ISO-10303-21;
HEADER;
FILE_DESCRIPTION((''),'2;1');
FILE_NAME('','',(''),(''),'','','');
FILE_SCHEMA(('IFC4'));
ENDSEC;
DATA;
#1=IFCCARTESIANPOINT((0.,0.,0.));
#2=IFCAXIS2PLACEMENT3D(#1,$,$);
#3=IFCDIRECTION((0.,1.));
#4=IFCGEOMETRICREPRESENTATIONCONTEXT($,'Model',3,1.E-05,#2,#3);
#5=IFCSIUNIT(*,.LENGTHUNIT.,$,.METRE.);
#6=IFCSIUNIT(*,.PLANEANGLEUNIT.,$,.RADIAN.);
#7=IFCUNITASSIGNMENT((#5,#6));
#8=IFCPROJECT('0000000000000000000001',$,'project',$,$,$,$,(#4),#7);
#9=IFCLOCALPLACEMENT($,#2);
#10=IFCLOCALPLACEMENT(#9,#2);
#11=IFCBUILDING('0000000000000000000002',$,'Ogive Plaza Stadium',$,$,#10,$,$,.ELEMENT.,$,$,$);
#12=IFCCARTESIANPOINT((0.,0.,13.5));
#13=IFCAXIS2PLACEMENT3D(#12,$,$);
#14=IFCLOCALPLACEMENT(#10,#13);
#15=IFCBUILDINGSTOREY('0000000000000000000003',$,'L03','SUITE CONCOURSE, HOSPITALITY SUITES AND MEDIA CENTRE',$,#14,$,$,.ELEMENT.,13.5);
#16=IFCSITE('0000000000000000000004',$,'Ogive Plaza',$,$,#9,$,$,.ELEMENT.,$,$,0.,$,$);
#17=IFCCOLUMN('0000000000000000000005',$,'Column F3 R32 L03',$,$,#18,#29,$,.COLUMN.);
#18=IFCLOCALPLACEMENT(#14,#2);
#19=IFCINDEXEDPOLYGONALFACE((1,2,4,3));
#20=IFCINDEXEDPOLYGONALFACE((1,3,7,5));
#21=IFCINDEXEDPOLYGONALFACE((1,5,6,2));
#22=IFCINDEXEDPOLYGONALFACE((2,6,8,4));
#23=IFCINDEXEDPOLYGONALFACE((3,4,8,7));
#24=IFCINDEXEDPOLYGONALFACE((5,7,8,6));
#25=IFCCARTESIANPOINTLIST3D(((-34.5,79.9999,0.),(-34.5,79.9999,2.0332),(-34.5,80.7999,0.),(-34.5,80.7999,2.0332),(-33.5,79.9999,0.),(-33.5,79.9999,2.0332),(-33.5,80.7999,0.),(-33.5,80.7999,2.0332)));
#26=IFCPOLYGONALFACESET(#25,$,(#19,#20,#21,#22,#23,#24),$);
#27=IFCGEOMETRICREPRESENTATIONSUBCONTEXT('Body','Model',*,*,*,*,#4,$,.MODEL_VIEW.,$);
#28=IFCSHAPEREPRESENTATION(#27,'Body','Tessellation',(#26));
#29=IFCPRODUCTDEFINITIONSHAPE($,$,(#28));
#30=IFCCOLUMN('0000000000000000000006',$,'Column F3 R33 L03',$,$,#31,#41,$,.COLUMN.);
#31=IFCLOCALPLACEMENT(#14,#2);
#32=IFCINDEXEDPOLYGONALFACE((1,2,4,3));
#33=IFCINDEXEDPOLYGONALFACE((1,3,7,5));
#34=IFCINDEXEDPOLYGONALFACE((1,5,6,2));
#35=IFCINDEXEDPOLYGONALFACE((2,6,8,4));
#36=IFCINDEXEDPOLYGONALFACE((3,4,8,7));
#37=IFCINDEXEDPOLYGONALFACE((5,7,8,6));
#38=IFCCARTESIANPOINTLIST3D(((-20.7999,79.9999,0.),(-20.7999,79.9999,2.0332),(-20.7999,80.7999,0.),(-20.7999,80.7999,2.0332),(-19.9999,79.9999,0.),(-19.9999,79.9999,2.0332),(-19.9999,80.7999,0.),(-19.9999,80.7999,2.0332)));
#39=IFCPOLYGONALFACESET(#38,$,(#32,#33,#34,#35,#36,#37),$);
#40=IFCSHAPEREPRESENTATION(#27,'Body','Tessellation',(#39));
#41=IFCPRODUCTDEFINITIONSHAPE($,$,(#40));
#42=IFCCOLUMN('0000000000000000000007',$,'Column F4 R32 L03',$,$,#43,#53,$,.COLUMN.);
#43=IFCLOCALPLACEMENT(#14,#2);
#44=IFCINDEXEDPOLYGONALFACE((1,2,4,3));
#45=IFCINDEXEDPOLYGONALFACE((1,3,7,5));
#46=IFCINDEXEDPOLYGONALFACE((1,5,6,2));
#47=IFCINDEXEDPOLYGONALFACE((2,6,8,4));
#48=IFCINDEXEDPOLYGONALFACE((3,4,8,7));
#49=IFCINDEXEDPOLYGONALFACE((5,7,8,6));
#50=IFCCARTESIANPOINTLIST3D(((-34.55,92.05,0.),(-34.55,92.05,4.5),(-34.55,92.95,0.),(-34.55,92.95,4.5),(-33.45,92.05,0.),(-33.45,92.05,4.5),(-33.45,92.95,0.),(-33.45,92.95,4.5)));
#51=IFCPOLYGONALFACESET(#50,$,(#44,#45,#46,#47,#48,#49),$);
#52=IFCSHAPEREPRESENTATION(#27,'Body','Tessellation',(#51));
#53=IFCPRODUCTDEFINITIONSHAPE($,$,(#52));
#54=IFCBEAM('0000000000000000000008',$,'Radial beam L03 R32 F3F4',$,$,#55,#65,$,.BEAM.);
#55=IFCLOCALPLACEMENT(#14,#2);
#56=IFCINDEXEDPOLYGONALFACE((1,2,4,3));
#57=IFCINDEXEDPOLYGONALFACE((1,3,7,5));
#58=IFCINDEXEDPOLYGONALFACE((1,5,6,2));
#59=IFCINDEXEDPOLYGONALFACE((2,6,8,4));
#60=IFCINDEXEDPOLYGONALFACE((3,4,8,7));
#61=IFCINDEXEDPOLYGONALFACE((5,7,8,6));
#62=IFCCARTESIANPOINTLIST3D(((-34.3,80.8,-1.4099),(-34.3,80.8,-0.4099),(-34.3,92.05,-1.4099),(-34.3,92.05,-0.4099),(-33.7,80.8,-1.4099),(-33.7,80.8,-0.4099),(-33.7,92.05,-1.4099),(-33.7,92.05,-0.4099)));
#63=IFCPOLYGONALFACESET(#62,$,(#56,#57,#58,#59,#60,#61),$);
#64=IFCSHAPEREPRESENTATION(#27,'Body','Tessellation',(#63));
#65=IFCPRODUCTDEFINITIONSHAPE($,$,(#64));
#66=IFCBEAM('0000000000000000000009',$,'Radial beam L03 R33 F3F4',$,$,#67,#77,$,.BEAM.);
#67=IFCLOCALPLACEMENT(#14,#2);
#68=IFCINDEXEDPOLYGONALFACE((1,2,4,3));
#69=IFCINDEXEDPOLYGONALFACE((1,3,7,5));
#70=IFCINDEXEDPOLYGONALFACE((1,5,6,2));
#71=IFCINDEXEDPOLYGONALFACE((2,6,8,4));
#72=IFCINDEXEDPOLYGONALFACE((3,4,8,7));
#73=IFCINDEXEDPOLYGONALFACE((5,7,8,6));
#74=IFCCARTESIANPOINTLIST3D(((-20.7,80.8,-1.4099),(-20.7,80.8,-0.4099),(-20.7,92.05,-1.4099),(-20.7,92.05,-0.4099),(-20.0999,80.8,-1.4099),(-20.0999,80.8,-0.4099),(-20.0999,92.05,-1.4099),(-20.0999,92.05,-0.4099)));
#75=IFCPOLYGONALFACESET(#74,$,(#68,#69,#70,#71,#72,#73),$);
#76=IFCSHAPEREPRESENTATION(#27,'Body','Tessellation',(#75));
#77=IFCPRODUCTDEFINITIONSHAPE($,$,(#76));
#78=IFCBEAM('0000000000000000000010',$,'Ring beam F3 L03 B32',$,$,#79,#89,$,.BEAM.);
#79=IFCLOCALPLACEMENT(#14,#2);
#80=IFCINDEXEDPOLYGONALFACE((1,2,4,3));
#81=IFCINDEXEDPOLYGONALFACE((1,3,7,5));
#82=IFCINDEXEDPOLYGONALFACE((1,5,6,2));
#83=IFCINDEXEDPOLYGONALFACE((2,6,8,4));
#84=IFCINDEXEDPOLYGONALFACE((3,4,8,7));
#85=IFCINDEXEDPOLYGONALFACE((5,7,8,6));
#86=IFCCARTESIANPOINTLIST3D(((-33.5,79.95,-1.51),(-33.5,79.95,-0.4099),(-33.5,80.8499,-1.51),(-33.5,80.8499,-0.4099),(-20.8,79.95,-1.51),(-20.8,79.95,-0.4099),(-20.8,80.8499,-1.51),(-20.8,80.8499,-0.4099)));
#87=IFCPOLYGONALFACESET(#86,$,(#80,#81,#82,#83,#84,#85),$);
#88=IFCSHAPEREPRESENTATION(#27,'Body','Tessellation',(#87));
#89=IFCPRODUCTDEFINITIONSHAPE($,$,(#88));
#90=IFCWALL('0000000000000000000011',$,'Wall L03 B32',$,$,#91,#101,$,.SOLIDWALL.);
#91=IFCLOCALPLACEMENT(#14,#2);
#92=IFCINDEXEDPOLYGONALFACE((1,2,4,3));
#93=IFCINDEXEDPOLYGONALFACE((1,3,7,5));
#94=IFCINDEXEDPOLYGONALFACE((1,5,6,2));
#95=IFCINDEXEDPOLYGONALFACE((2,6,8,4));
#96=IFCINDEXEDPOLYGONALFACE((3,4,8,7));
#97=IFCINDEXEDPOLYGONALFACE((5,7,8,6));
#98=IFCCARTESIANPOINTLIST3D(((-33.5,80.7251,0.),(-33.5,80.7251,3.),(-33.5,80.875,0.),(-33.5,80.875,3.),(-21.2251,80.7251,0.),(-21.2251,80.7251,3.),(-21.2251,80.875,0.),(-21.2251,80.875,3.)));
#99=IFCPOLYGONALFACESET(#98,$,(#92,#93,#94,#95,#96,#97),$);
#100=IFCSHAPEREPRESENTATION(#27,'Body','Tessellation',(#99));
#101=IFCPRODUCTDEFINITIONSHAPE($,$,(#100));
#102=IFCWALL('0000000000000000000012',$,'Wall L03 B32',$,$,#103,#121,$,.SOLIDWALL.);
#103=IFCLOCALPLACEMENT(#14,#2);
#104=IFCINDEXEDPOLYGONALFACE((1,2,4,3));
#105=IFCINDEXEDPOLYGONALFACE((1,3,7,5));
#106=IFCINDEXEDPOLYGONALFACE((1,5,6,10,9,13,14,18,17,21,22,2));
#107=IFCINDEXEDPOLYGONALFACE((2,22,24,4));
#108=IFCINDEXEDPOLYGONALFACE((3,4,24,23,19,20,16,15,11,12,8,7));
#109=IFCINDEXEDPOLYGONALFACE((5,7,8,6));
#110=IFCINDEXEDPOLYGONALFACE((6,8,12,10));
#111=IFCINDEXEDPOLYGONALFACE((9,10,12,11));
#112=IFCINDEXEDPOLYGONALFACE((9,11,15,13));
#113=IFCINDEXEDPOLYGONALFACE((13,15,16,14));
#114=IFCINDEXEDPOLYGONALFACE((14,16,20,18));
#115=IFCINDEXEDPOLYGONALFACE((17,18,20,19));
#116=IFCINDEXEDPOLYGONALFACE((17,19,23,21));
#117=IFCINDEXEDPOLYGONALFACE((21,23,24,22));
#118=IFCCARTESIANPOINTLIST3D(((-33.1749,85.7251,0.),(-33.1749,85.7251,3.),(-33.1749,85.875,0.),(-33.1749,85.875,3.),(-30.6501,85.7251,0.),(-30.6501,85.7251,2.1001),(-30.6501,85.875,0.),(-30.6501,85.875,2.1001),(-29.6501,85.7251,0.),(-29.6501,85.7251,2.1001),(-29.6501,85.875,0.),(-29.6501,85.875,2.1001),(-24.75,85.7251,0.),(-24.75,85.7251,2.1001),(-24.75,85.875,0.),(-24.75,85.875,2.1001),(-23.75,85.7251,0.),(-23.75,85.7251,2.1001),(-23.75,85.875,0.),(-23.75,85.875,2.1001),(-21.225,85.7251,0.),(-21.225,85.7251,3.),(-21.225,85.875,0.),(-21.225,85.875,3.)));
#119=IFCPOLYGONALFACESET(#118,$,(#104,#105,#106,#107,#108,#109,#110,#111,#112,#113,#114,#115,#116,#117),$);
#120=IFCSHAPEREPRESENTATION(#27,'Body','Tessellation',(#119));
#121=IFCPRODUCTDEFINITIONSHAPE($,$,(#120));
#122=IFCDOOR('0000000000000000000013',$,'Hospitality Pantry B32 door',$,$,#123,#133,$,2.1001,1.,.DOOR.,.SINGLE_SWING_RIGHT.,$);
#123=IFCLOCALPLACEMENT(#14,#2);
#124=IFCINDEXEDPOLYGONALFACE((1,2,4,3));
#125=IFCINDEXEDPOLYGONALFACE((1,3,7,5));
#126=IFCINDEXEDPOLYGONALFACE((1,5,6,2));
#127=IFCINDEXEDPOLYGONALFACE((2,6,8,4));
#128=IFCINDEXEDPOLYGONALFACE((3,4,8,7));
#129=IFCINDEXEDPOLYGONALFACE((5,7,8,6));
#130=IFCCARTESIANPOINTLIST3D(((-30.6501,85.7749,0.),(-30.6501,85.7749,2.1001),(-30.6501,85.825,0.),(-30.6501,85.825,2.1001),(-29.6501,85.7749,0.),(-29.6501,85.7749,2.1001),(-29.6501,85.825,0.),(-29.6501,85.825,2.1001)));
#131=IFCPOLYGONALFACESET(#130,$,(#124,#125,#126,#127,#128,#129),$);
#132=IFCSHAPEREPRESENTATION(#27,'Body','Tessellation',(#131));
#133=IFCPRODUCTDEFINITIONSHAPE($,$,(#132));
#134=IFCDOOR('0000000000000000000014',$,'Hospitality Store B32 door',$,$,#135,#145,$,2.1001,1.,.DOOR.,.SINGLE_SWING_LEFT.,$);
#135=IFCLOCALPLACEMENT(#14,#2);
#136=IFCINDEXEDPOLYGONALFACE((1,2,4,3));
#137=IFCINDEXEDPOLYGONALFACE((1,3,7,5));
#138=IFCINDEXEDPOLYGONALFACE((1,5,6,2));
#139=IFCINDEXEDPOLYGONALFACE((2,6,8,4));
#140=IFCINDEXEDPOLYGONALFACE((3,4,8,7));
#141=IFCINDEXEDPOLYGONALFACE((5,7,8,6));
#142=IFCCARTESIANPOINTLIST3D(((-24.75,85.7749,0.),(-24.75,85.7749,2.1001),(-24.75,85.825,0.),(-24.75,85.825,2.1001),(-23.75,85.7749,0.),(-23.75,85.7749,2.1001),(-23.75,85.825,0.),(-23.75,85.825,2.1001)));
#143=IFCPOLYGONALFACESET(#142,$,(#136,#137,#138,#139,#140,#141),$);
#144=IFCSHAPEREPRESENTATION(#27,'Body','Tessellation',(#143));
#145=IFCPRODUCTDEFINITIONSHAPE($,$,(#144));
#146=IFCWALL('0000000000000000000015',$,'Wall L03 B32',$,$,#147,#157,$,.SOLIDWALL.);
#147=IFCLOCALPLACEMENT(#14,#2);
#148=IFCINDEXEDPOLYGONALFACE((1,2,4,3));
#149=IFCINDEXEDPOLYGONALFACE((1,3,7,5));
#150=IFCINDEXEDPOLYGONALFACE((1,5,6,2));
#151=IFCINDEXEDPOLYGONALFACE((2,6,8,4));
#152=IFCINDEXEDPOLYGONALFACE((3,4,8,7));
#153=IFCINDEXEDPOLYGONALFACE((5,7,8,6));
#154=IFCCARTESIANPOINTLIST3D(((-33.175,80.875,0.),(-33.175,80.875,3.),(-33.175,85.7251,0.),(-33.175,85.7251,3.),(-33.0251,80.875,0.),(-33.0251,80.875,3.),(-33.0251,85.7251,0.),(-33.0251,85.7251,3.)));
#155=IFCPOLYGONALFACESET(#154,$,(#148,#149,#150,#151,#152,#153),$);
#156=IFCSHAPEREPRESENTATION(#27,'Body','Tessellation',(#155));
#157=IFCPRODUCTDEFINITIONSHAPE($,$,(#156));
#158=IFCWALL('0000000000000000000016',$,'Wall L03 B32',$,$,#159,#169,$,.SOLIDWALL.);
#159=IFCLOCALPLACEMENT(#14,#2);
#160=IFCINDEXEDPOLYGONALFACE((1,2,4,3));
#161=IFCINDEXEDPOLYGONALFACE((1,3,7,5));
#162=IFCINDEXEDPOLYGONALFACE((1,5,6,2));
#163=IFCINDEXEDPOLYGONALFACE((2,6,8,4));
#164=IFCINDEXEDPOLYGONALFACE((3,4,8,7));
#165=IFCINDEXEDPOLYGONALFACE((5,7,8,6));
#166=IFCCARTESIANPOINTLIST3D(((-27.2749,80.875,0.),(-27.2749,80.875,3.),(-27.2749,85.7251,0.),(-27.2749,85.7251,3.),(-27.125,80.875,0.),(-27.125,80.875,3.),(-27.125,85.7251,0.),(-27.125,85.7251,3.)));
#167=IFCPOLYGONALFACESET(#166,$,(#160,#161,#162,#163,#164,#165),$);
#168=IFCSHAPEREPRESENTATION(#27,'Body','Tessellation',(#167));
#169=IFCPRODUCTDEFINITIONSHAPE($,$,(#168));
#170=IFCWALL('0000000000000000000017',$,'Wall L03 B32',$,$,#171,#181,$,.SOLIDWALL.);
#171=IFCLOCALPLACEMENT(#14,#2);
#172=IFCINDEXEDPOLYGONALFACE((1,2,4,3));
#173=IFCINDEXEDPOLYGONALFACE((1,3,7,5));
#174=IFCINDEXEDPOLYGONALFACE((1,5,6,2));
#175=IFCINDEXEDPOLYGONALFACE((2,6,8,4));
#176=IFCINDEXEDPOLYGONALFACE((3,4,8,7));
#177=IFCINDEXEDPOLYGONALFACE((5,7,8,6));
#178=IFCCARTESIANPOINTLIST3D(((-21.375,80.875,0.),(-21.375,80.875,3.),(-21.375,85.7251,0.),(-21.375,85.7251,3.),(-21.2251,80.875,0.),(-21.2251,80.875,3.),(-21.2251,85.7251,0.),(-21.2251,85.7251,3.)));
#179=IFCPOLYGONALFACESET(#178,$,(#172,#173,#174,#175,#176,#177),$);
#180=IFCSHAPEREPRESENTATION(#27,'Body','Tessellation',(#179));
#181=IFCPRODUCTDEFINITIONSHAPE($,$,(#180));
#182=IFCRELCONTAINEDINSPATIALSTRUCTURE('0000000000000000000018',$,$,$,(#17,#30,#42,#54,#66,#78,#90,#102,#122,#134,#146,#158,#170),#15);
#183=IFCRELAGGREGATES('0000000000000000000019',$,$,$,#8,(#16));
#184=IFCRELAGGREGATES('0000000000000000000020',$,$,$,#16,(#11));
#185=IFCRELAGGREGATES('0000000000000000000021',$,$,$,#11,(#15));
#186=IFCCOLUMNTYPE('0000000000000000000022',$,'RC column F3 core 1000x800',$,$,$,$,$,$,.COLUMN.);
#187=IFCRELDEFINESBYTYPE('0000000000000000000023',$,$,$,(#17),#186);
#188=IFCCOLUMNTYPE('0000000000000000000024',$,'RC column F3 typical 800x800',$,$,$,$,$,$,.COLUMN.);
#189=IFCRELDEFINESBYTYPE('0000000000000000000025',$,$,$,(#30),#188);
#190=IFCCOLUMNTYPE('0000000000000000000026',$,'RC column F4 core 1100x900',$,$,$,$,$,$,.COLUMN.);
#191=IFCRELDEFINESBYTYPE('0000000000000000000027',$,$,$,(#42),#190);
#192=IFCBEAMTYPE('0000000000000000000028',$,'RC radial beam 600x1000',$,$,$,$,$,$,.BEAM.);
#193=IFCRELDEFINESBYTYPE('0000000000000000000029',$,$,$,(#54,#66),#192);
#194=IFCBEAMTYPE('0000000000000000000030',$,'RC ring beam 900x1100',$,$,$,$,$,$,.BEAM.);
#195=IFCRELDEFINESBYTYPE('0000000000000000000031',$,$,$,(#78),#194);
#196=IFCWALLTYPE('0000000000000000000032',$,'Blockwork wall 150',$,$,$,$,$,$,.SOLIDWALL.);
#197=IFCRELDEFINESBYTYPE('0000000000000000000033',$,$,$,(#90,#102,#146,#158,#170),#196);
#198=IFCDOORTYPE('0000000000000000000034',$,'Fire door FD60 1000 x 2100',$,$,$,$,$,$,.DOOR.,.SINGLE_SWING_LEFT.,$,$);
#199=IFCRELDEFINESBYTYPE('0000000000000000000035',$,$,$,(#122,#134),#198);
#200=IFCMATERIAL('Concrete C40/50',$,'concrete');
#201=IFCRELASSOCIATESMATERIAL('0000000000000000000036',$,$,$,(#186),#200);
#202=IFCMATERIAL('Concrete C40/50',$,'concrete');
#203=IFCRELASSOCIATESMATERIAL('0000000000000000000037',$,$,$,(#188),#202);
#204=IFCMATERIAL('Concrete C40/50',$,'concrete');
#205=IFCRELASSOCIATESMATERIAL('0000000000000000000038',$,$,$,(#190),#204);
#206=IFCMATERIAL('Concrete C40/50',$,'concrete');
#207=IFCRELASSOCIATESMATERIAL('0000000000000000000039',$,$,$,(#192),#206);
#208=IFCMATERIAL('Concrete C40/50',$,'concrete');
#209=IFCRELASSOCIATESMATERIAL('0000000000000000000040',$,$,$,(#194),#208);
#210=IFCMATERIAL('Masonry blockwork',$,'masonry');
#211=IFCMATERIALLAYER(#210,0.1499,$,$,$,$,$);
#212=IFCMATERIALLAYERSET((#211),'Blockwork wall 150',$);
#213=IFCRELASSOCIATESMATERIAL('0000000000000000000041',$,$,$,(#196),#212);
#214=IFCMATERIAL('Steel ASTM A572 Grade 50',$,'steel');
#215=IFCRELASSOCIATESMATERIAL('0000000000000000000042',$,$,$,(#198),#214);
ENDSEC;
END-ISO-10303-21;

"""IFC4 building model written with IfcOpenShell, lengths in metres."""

from ifc_helpers import new_model, si_unit, direction, frame, frame_2d, origin, origin_2d, place, context, subcontext, project, spatial, rectangle, extrude, material, layer, layer_set, material_profile, profile_set, type_object, element, fill, save


model = new_model("IFC4")

# Units and contexts
model_context = context("Model", 3, precision=1e-05, world=origin(), true_north=direction((0.0, 1.0)))
body_context = subcontext(model_context, "Body", "Model", "MODEL_VIEW")
ifc_project = project(units=[si_unit("LENGTHUNIT", "METRE"), si_unit("PLANEANGLEUNIT", "RADIAN")], contexts=[model_context])

# Site, building, storey
site_placement = place(None, origin())
site = spatial("IfcSite", under=ifc_project, at=site_placement, Name="Ogive Plaza", CompositionType="ELEMENT", RefElevation=0.0)
building_placement = place(site_placement, origin())
building = spatial("IfcBuilding", under=site, at=building_placement, Name="Ogive Plaza Stadium", CompositionType="ELEMENT")
storey_placement = place(building_placement, frame((0.0, 0.0, 13.5)))
storey = spatial("IfcBuildingStorey", under=building, at=storey_placement, Name="L03", Description="SUITE CONCOURSE, HOSPITALITY SUITES AND MEDIA CENTRE", CompositionType="ELEMENT", Elevation=13.5)

# Columns
ifc_material_1 = material(Name="Concrete C40/50", Category="concrete")
ifc_material_profile_1 = material_profile(ifc_material_1, rectangle(XDim=1.0, YDim=0.8, at=origin_2d()), Name="RC 1000x800")
ifc_profile_set_1 = profile_set([ifc_material_profile_1], Name="Concrete C40/50")
column_type_1 = type_object("IfcColumnType", Name="RC column F3 core 1000x800", PredefinedType="COLUMN", material=ifc_profile_set_1)
column_1_placement = place(storey_placement, frame((-34.0, 80.3999, 0.0), z_axis=(0.0, 0.0, 1.0), x_axis=(-1.0, 0.0, 0.0)))
element("IfcColumn", 1, at=column_1_placement, inside=storey, type_object=column_type_1, Name="Column F3 R32 L03", PredefinedType="COLUMN", context=body_context, shape_type="SweptSolid", body=[
    extrude(rectangle(XDim=1.0, YDim=0.8, at=origin_2d()), origin(), (0.0, 0.0, 1.0), 2.0332),
])
ifc_material_2 = material(Name="Concrete C40/50", Category="concrete")
ifc_material_profile_2 = material_profile(ifc_material_2, rectangle(XDim=0.8, YDim=0.8, at=origin_2d()), Name="RC 800x800")
ifc_profile_set_2 = profile_set([ifc_material_profile_2], Name="Concrete C40/50")
column_type_2 = type_object("IfcColumnType", Name="RC column F3 typical 800x800", PredefinedType="COLUMN", material=ifc_profile_set_2)
column_2_placement = place(storey_placement, frame((-20.3999, 80.3999, 0.0), z_axis=(0.0, 0.0, 1.0), x_axis=(-1.0, 0.0, 0.0)))
element("IfcColumn", 2, at=column_2_placement, inside=storey, type_object=column_type_2, Name="Column F3 R33 L03", PredefinedType="COLUMN", context=body_context, shape_type="SweptSolid", body=[
    extrude(rectangle(XDim=0.8, YDim=0.8, at=origin_2d()), origin(), (0.0, 0.0, 1.0), 2.0332),
])
ifc_material_3 = material(Name="Concrete C40/50", Category="concrete")
ifc_material_profile_3 = material_profile(ifc_material_3, rectangle(XDim=1.1001, YDim=0.8999, at=origin_2d()), Name="RC 1100x900")
ifc_profile_set_3 = profile_set([ifc_material_profile_3], Name="Concrete C40/50")
column_type_3 = type_object("IfcColumnType", Name="RC column F4 core 1100x900", PredefinedType="COLUMN", material=ifc_profile_set_3)
column_3_placement = place(storey_placement, frame((-34.0, 92.5, 0.0), z_axis=(0.0, 0.0, 1.0), x_axis=(-1.0, 0.0, 0.0)))
element("IfcColumn", 3, at=column_3_placement, inside=storey, type_object=column_type_3, Name="Column F4 R32 L03", PredefinedType="COLUMN", context=body_context, shape_type="SweptSolid", body=[
    extrude(rectangle(XDim=1.1001, YDim=0.8999, at=origin_2d()), origin(), (0.0, 0.0, 1.0), 4.5),
])

# Beams
ifc_material_4 = material(Name="Concrete C40/50", Category="concrete")
ifc_material_profile_4 = material_profile(ifc_material_4, rectangle(XDim=0.6001, YDim=1.0, at=origin_2d()), Name="RC 600x1000")
ifc_profile_set_4 = profile_set([ifc_material_profile_4], Name="Concrete C40/50")
beam_type_1 = type_object("IfcBeamType", Name="RC radial beam 600x1000", PredefinedType="BEAM", material=ifc_profile_set_4)
for number, where, z_axis, x_axis, name in (
    (4, (-34.0, 80.8, -0.9099), (0.0, 1.0, 0.0), (-1.0, 0.0, 0.0), "Radial beam L03 R32 F3F4"),
    (5, (-20.3999, 80.8, -0.9099), (0.0, 1.0, 0.0), (-1.0, 0.0, 0.0), "Radial beam L03 R33 F3F4"),
):
    element("IfcBeam", number, at=place(storey_placement, frame(where, z_axis=z_axis, x_axis=x_axis)), inside=storey, type_object=beam_type_1, Name=name, PredefinedType="BEAM", context=body_context, shape_type="SweptSolid", body=[
        extrude(rectangle(XDim=0.6001, YDim=1.0, at=origin_2d()), origin(), (0.0, 0.0, 1.0), 11.25),
    ])
ifc_material_5 = material(Name="Concrete C40/50", Category="concrete")
ifc_material_profile_5 = material_profile(ifc_material_5, rectangle(XDim=0.8999, YDim=1.1001, at=origin_2d()), Name="RC 900x1100")
ifc_profile_set_5 = profile_set([ifc_material_profile_5], Name="Concrete C40/50")
beam_type_2 = type_object("IfcBeamType", Name="RC ring beam 900x1100", PredefinedType="BEAM", material=ifc_profile_set_5)
beam_placement = place(storey_placement, frame((-33.5, 80.3999, -0.96), z_axis=(1.0, 0.0, 0.0), x_axis=(0.0, 1.0, 0.0)))
element("IfcBeam", 6, at=beam_placement, inside=storey, type_object=beam_type_2, Name="Ring beam F3 L03 B32", PredefinedType="BEAM", context=body_context, shape_type="SweptSolid", body=[
    extrude(rectangle(XDim=0.8999, YDim=1.1001, at=origin_2d()), origin(), (0.0, 0.0, 1.0), 12.7),
])

# Wall
ifc_material_6 = material(Name="Masonry blockwork", Category="masonry")
ifc_layer_1 = layer(ifc_material_6, 0.1499)
ifc_layer_set_1 = layer_set([ifc_layer_1], Name="Blockwork wall 150")
wall_type_1 = type_object("IfcWallType", Name="Blockwork wall 150", PredefinedType="SOLIDWALL", material=ifc_layer_set_1)
wall_1_placement = place(storey_placement, frame((-33.5, 80.8, 0.0), z_axis=(0.0, 0.0, 1.0), x_axis=(1.0, 0.0, 0.0)))
element("IfcWall", 7, at=wall_1_placement, inside=storey, type_object=wall_type_1, Name="Wall L03 B32", PredefinedType="SOLIDWALL", context=body_context, shape_type="SweptSolid", body=[
    extrude(rectangle(XDim=12.2749, YDim=0.1499, at=frame_2d((6.1375, 0.0))), origin(), (0.0, 0.0, 1.0), 3.0),
])

# Wall, openings, doors
wall_2_placement = place(storey_placement, frame((-33.175, 85.8, 0.0), z_axis=(0.0, 0.0, 1.0), x_axis=(1.0, 0.0, 0.0)))
wall_2 = element("IfcWall", 8, at=wall_2_placement, inside=storey, type_object=wall_type_1, Name="Wall L03 B32", PredefinedType="SOLIDWALL", context=body_context, shape_type="SweptSolid", body=[
    extrude(rectangle(XDim=11.95, YDim=0.1499, at=frame_2d((5.9751, 0.0))), origin(), (0.0, 0.0, 1.0), 3.0),
])
opening_1_placement = place(wall_2_placement, frame((2.5249, 0.0, 0.0)))
opening_1 = element("IfcOpeningElement", 9, at=opening_1_placement, cuts=wall_2, PredefinedType="OPENING", context=body_context, shape_type="SweptSolid", body=[
    extrude(rectangle(XDim=1.0, YDim=2.1001, at=frame_2d((0.5, 1.05))), frame((0.0, 0.075, 0.0), z_axis=(0.0, -1.0, 0.0), x_axis=(1.0, 0.0, 0.0)), (0.0, 0.0, 1.0), 0.1499),
])
opening_2_placement = place(wall_2_placement, frame((8.425, 0.0, 0.0)))
opening_2 = element("IfcOpeningElement", 10, at=opening_2_placement, cuts=wall_2, PredefinedType="OPENING", context=body_context, shape_type="SweptSolid", body=[
    extrude(rectangle(XDim=1.0, YDim=2.1001, at=frame_2d((0.5, 1.05))), frame((0.0, 0.075, 0.0), z_axis=(0.0, -1.0, 0.0), x_axis=(1.0, 0.0, 0.0)), (0.0, 0.0, 1.0), 0.1499),
])
ifc_material_7 = material(Name="Steel ASTM A572 Grade 50", Category="steel")
door_type_1 = type_object("IfcDoorType", Name="Fire door FD60 1000 x 2100", OperationType="SINGLE_SWING_LEFT", PredefinedType="DOOR", material=ifc_material_7)
door_1_placement = place(opening_1_placement, origin())
door_1 = element("IfcDoor", 11, at=door_1_placement, inside=storey, type_object=door_type_1, Name="Hospitality Pantry B32 door", OperationType="SINGLE_SWING_RIGHT", OverallHeight=2.1001, OverallWidth=1.0, PredefinedType="DOOR", context=body_context, shape_type="SweptSolid", body=[
    extrude(rectangle(XDim=1.0, YDim=2.1001, at=frame_2d((0.5, 1.05))), frame((0.0, 0.0249, 0.0), z_axis=(0.0, -1.0, 0.0), x_axis=(1.0, 0.0, 0.0)), (0.0, 0.0, 1.0), 0.05),
])
fill(opening_1, door_1)
door_2_placement = place(opening_2_placement, origin())
door_2 = element("IfcDoor", 12, at=door_2_placement, inside=storey, type_object=door_type_1, Name="Hospitality Store B32 door", OperationType="SINGLE_SWING_LEFT", OverallHeight=2.1001, OverallWidth=1.0, PredefinedType="DOOR", context=body_context, shape_type="SweptSolid", body=[
    extrude(rectangle(XDim=1.0, YDim=2.1001, at=frame_2d((0.5, 1.05))), frame((0.0, 0.0249, 0.0), z_axis=(0.0, -1.0, 0.0), x_axis=(1.0, 0.0, 0.0)), (0.0, 0.0, 1.0), 0.05),
])
fill(opening_2, door_2)

# Walls
for number, where, z_axis, x_axis, name in (
    (13, (-33.1001, 80.875, 0.0), (0.0, 0.0, 1.0), (0.0, 1.0, 0.0), "Wall L03 B32"),
    (14, (-27.2, 80.875, 0.0), (0.0, 0.0, 1.0), (0.0, 1.0, 0.0), "Wall L03 B32"),
    (15, (-21.3, 80.875, 0.0), (0.0, 0.0, 1.0), (0.0, 1.0, 0.0), "Wall L03 B32"),
):
    element("IfcWall", number, at=place(storey_placement, frame(where, z_axis=z_axis, x_axis=x_axis)), inside=storey, type_object=wall_type_1, Name=name, PredefinedType="SOLIDWALL", context=body_context, shape_type="SweptSolid", body=[
        extrude(rectangle(XDim=4.8501, YDim=0.1499, at=frame_2d((2.425, 0.0))), origin(), (0.0, 0.0, 1.0), 3.0),
    ])

save(model, "model.ifc")
